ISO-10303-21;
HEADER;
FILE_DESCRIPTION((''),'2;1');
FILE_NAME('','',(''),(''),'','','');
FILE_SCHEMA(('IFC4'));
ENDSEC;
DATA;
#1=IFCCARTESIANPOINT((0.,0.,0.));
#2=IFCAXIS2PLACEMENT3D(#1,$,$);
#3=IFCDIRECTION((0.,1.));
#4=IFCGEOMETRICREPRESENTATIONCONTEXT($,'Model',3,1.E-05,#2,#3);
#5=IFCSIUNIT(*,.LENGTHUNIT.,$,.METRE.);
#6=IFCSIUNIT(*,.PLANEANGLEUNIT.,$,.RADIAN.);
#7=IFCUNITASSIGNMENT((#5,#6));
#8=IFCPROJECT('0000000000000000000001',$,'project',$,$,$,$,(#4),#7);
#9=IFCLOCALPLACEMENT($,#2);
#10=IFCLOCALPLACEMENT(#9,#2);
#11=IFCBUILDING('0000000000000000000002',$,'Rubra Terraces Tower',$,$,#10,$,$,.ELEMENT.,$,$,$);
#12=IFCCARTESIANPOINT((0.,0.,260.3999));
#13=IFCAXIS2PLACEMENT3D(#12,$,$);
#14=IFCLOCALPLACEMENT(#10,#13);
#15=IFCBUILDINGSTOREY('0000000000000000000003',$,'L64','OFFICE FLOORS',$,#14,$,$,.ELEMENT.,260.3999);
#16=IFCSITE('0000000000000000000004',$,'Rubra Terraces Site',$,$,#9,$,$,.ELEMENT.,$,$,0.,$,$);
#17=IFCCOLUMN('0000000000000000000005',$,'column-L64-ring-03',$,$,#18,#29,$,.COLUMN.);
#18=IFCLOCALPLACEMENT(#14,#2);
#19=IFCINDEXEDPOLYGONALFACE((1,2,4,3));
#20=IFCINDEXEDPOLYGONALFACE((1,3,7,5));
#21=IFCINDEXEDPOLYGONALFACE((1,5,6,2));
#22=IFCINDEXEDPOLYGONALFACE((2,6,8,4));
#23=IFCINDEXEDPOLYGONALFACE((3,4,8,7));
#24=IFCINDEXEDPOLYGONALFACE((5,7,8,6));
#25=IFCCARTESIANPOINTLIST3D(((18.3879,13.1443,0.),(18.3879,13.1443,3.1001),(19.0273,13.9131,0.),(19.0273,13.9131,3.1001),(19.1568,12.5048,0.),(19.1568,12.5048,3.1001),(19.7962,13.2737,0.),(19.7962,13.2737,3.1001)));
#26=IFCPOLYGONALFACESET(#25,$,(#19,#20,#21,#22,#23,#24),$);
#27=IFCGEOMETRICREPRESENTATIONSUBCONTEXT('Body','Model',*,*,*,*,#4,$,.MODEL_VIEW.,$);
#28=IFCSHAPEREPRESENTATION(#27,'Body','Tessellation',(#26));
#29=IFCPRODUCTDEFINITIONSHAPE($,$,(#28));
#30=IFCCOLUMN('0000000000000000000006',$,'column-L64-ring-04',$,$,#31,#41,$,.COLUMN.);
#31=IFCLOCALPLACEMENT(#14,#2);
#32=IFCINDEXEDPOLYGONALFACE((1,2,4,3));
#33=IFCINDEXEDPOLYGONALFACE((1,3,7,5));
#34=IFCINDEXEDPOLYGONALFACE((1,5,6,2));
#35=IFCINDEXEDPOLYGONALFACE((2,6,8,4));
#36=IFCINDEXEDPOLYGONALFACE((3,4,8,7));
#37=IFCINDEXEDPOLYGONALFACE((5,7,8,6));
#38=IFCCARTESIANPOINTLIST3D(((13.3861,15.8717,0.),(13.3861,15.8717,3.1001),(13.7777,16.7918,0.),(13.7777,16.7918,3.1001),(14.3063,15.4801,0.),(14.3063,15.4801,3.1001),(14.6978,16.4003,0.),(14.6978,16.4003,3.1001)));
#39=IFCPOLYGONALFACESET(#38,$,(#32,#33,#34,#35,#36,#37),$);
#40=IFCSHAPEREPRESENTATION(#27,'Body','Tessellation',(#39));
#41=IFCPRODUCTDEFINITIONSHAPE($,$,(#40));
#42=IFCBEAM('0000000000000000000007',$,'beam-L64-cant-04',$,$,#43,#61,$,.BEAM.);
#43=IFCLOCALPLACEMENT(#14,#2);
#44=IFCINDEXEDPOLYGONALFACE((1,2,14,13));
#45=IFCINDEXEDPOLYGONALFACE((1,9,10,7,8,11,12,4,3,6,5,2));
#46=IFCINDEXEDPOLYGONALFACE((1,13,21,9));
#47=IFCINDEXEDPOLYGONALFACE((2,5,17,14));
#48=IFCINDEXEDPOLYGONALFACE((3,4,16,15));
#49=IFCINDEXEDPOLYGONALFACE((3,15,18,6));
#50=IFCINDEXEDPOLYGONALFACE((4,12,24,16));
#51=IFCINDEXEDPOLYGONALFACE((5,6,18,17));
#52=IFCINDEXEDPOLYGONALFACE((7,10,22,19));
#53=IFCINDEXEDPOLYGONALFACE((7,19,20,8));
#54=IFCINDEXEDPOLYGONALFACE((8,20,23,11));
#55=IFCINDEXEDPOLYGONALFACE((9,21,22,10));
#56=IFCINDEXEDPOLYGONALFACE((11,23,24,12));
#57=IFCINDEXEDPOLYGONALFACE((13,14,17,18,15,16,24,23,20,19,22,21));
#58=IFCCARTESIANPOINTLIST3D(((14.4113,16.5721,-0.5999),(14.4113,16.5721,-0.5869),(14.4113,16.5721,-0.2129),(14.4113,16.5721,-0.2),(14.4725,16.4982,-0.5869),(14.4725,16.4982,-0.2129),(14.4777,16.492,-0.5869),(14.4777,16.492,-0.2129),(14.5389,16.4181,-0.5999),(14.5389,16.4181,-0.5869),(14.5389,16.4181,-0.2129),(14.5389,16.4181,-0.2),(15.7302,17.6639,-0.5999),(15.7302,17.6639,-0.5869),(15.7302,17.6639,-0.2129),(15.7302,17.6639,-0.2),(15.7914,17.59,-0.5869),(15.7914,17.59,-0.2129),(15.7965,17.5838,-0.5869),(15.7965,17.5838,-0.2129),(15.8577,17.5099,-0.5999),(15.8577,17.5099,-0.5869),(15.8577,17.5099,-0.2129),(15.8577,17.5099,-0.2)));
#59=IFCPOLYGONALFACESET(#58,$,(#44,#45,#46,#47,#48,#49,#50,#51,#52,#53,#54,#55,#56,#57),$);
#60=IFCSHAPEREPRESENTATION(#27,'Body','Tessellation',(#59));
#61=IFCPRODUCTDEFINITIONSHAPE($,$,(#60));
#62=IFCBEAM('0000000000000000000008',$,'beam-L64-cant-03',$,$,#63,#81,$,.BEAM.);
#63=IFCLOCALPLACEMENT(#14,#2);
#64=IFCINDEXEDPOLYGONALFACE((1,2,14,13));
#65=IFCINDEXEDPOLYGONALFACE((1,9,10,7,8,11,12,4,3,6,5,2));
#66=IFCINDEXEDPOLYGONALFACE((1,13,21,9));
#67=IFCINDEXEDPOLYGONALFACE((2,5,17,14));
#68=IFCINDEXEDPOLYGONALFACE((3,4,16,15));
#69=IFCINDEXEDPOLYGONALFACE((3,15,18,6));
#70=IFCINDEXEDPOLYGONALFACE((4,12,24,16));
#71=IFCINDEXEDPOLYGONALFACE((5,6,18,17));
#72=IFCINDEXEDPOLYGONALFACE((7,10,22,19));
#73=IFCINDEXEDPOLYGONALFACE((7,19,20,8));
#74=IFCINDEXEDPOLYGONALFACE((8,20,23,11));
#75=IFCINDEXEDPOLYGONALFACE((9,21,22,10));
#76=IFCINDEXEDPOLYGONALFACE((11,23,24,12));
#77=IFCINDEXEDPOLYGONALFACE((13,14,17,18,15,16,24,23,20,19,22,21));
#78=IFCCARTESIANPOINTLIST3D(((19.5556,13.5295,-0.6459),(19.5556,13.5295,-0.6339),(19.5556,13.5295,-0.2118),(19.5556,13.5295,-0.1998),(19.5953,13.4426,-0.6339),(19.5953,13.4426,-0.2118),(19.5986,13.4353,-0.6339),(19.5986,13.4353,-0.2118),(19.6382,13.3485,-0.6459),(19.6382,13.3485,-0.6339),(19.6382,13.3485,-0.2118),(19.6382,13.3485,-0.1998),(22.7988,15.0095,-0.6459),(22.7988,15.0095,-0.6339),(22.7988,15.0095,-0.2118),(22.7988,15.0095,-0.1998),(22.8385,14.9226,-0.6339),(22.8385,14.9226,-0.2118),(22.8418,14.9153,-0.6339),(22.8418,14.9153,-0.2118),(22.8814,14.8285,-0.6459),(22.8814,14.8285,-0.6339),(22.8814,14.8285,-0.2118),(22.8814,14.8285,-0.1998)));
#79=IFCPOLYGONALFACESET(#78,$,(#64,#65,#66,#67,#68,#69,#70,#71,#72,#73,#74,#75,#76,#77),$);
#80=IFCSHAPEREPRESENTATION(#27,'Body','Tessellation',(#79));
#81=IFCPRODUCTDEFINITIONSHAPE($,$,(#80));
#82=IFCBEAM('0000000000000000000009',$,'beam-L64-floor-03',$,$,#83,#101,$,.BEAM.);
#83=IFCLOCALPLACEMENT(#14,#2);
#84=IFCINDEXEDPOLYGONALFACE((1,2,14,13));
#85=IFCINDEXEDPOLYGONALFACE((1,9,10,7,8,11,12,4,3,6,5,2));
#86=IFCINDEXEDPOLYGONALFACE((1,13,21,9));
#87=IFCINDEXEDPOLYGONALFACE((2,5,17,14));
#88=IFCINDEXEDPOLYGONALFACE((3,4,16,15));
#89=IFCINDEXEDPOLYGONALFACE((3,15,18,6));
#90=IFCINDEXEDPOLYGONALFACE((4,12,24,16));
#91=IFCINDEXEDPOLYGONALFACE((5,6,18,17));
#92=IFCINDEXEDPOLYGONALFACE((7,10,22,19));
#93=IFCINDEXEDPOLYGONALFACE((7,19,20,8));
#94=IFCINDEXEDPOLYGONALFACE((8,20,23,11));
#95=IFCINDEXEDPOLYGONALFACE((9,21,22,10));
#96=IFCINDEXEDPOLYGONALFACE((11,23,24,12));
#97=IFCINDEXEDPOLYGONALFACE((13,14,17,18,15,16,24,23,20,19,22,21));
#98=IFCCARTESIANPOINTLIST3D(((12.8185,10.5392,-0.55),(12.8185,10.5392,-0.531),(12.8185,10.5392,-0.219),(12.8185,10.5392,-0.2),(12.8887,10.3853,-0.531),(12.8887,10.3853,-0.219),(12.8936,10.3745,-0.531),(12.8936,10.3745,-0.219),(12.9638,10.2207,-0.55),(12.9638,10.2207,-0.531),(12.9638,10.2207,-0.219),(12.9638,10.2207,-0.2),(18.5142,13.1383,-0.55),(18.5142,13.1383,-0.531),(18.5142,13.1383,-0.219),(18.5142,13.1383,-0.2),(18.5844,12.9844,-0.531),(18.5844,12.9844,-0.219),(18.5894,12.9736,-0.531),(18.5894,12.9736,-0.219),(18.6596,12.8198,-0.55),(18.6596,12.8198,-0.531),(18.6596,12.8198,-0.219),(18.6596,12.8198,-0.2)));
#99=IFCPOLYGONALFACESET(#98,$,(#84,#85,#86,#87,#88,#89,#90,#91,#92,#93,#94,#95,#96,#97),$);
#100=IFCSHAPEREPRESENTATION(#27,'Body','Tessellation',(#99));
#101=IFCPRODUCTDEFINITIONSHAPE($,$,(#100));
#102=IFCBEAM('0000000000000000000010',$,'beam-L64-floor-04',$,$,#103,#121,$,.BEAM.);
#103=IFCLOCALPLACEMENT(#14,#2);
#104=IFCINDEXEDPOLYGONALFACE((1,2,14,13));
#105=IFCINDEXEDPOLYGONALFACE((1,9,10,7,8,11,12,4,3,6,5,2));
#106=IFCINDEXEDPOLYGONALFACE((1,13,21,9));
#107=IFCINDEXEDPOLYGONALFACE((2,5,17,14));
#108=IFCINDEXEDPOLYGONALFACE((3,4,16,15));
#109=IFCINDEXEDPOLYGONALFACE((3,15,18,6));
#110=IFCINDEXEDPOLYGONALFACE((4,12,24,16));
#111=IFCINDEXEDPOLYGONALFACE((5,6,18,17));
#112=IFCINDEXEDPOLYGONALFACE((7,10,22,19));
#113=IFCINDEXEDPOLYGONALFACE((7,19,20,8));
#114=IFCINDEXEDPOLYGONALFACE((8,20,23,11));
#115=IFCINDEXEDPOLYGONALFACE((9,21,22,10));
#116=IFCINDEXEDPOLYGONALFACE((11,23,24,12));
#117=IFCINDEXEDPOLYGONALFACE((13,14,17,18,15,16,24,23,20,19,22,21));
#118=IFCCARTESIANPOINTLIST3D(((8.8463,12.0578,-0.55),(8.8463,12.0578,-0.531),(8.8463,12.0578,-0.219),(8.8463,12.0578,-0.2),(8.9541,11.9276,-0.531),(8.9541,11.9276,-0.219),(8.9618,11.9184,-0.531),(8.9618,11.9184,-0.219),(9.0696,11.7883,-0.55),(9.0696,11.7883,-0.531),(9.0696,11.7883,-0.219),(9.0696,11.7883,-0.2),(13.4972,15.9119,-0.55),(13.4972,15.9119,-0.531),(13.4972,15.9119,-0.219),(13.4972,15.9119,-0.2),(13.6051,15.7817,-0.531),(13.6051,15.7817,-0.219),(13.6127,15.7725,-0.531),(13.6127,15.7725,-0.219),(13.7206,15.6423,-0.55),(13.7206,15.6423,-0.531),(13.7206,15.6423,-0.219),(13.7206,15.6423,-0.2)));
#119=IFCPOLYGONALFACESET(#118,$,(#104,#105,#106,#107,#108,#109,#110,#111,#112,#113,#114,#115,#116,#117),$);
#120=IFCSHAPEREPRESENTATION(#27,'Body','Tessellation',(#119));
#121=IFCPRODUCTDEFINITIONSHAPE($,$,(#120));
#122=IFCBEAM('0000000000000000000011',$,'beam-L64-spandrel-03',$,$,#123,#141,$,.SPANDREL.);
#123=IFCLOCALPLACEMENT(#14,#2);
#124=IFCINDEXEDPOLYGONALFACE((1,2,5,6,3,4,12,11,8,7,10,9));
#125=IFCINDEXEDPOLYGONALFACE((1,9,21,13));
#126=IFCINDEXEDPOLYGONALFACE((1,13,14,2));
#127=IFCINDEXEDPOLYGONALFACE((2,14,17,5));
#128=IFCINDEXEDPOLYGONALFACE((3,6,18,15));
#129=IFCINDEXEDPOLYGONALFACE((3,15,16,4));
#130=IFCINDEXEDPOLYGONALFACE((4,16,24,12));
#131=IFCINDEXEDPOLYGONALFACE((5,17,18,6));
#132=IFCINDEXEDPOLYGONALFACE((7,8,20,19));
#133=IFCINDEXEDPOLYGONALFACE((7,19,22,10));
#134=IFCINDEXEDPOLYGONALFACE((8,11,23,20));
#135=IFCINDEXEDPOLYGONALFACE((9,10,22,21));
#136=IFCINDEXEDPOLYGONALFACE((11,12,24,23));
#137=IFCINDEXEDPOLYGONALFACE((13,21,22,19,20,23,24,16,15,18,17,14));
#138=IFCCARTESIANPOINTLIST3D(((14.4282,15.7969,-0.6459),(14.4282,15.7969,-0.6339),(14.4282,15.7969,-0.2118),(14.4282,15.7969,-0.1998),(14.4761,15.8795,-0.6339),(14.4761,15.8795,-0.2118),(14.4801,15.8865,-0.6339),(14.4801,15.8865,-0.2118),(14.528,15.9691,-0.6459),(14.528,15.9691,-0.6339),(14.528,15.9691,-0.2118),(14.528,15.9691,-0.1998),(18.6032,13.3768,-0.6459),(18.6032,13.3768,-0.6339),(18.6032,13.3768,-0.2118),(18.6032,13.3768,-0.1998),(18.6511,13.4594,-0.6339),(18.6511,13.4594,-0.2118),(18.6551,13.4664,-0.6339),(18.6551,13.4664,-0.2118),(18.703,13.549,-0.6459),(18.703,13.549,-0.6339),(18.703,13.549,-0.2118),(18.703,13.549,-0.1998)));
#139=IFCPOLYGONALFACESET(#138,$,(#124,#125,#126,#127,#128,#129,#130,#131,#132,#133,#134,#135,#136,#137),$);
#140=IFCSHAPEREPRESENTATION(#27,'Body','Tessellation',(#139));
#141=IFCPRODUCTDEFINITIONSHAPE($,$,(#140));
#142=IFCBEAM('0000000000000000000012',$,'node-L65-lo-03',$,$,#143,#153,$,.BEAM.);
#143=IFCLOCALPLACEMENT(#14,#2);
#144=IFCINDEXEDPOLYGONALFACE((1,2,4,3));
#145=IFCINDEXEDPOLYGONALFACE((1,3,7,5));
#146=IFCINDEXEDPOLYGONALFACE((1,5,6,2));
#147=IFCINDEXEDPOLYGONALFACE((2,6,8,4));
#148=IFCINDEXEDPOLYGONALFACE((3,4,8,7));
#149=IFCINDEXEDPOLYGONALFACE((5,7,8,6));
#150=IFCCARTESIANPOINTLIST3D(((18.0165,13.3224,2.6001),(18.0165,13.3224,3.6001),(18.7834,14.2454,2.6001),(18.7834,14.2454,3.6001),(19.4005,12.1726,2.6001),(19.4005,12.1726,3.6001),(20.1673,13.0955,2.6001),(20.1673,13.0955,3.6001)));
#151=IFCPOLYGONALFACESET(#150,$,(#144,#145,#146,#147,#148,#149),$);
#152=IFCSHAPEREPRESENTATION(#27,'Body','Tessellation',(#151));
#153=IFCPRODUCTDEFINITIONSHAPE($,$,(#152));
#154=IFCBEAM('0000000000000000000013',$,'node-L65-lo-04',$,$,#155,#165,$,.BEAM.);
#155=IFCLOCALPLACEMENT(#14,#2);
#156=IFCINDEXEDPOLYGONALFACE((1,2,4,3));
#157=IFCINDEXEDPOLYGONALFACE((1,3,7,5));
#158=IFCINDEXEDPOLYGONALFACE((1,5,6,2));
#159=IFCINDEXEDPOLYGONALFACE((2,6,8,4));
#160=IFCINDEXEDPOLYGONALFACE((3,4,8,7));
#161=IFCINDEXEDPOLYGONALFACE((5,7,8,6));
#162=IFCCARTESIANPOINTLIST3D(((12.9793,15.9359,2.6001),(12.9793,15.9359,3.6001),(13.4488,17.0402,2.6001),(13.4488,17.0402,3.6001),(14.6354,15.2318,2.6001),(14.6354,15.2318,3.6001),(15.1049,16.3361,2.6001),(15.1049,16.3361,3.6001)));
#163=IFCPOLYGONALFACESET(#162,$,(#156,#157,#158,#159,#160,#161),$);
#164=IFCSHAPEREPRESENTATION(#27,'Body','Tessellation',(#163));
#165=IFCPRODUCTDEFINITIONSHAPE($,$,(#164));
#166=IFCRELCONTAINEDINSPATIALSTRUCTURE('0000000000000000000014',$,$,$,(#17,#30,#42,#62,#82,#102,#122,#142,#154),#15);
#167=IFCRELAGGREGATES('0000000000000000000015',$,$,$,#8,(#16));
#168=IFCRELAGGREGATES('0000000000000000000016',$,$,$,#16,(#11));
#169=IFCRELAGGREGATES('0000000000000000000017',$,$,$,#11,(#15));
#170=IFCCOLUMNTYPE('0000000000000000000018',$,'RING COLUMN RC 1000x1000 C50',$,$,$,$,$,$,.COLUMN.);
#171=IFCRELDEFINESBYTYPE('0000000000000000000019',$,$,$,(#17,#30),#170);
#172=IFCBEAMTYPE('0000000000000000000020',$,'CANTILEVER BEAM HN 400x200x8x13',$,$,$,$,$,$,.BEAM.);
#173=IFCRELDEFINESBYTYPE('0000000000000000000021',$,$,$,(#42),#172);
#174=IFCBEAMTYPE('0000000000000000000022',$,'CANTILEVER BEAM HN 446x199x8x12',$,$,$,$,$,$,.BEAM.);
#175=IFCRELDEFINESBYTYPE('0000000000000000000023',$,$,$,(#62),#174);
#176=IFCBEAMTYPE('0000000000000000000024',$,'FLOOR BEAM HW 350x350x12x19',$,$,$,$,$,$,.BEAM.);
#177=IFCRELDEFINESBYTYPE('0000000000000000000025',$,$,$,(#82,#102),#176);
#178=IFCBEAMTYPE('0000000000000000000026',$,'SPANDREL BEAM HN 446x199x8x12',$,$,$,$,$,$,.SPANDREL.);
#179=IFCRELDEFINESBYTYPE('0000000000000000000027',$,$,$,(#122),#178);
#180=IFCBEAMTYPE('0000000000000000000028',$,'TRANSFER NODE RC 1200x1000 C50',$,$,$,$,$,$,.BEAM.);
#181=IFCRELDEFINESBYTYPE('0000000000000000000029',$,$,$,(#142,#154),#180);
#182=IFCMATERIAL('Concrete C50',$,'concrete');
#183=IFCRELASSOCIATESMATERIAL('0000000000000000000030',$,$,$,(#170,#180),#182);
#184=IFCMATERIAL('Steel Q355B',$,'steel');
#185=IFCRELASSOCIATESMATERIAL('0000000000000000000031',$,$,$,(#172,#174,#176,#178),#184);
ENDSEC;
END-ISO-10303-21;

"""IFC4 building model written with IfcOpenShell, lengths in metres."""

from ifc_helpers import new_model, si_unit, direction, frame, origin, origin_2d, place, context, subcontext, project, spatial, rectangle, i_section, extrude, material, material_profile, profile_set, type_object, element, save


model = new_model("IFC4")

# Units and contexts
model_context = context("Model", 3, precision=1e-05, world=origin(), true_north=direction((0.0, 1.0)))
body_context = subcontext(model_context, "Body", "Model", "MODEL_VIEW")
ifc_project = project(units=[si_unit("LENGTHUNIT", "METRE"), si_unit("PLANEANGLEUNIT", "RADIAN")], contexts=[model_context])

# Site, building, storey
site_placement = place(None, origin())
site = spatial("IfcSite", under=ifc_project, at=site_placement, Name="Rubra Terraces Site", CompositionType="ELEMENT", RefElevation=0.0)
building_placement = place(site_placement, origin())
building = spatial("IfcBuilding", under=site, at=building_placement, Name="Rubra Terraces Tower", CompositionType="ELEMENT")
storey_placement = place(building_placement, frame((0.0, 0.0, 260.3999)))
storey = spatial("IfcBuildingStorey", under=building, at=storey_placement, Name="L64", Description="OFFICE FLOORS", CompositionType="ELEMENT", Elevation=260.3999)

# Columns
ifc_material_1 = material(Name="Concrete C50", Category="concrete")
ifc_material_profile_1 = material_profile(ifc_material_1, rectangle(XDim=1.0, YDim=1.0, at=origin_2d()), Name="RC 1000x1000")
ifc_profile_set_1 = profile_set([ifc_material_profile_1], Name="Concrete C50")
column_type = type_object("IfcColumnType", Name="RING COLUMN RC 1000x1000 C50", PredefinedType="COLUMN", material=ifc_profile_set_1)
for number, where, z_axis, x_axis, name in (
    (1, (19.092, 13.209, 0.0), (0.0, 0.0, 1.0), (-0.76887, 0.639405, 0.0), "column-L64-ring-03"),
    (2, (14.042, 16.136, 0.0), (0.0, 0.0, 1.0), (-0.920168, 0.391524, 0.0), "column-L64-ring-04"),
):
    element("IfcColumn", number, at=place(storey_placement, frame(where, z_axis=z_axis, x_axis=x_axis)), inside=storey, type_object=column_type, Name=name, PredefinedType="COLUMN", context=body_context, shape_type="SweptSolid", body=[
        extrude(rectangle(XDim=1.0, YDim=1.0, at=origin_2d()), origin(), (0.0, 0.0, 1.0), 3.1001),
    ])

# Beams
ifc_material_2 = material(Name="Steel Q355B", Category="steel")
ifc_material_profile_2 = material_profile(ifc_material_2, i_section(OverallWidth=0.2, OverallDepth=0.3999, WebThickness=0.0081, FlangeThickness=0.0129, at=origin_2d()), Name="HN 400x200x8x13")
ifc_profile_set_2 = profile_set([ifc_material_profile_2], Name="Steel Q355B")
beam_type_1 = type_object("IfcBeamType", Name="CANTILEVER BEAM HN 400x200x8x13", PredefinedType="BEAM", material=ifc_profile_set_2)
beam_1_placement = place(storey_placement, frame((14.4751, 16.4951, -0.3999), z_axis=(0.770298, 0.637684, 0.0), x_axis=(-0.637684, 0.770298, 0.0)))
element("IfcBeam", 3, at=beam_1_placement, inside=storey, type_object=beam_type_1, Name="beam-L64-cant-04", PredefinedType="BEAM", context=body_context, shape_type="SweptSolid", body=[
    extrude(i_section(OverallWidth=0.2, OverallDepth=0.3999, WebThickness=0.0081, FlangeThickness=0.0129, at=origin_2d()), origin(), (0.0, 0.0, 1.0), 1.7122),
])
ifc_material_profile_3 = material_profile(ifc_material_2, i_section(OverallWidth=0.199, OverallDepth=0.446, WebThickness=0.0081, FlangeThickness=0.012, at=origin_2d()), Name="HN 446x199x8x12")
ifc_profile_set_3 = profile_set([ifc_material_profile_3], Name="Steel Q355B")
beam_type_2 = type_object("IfcBeamType", Name="CANTILEVER BEAM HN 446x199x8x12", PredefinedType="BEAM", material=ifc_profile_set_3)
beam_2_placement = place(storey_placement, frame((19.5969, 13.439, -0.4229), z_axis=(0.909751, 0.415154, 0.0), x_axis=(-0.415154, 0.909751, 0.0)))
element("IfcBeam", 4, at=beam_2_placement, inside=storey, type_object=beam_type_2, Name="beam-L64-cant-03", PredefinedType="BEAM", context=body_context, shape_type="SweptSolid", body=[
    extrude(i_section(OverallWidth=0.199, OverallDepth=0.446, WebThickness=0.0081, FlangeThickness=0.012, at=origin_2d()), origin(), (0.0, 0.0, 1.0), 3.5649),
])
ifc_material_profile_4 = material_profile(ifc_material_2, i_section(OverallWidth=0.3501, OverallDepth=0.3501, WebThickness=0.012, FlangeThickness=0.019, at=origin_2d()), Name="HW 350x350x12x19")
ifc_profile_set_4 = profile_set([ifc_material_profile_4], Name="Steel Q355B")
beam_type_3 = type_object("IfcBeamType", Name="FLOOR BEAM HW 350x350x12x19", PredefinedType="BEAM", material=ifc_profile_set_4)
beam_3_placement = place(storey_placement, frame((18.5869, 12.979, -0.375), z_axis=(-0.909757, -0.415142, 0.0), x_axis=(0.415142, -0.909757, 0.0)))
element("IfcBeam", 5, at=beam_3_placement, inside=storey, type_object=beam_type_3, Name="beam-L64-floor-03", PredefinedType="BEAM", context=body_context, shape_type="SweptSolid", body=[
    extrude(i_section(OverallWidth=0.3501, OverallDepth=0.3501, WebThickness=0.012, FlangeThickness=0.019, at=origin_2d()), origin(), (0.0, 0.0, 1.0), 6.2607),
])
beam_4_placement = place(storey_placement, frame((13.6089, 15.7771, -0.375), z_axis=(-0.769988, -0.638059, 0.0), x_axis=(0.638059, -0.769988, 0.0)))
element("IfcBeam", 6, at=beam_4_placement, inside=storey, type_object=beam_type_3, Name="beam-L64-floor-04", PredefinedType="BEAM", context=body_context, shape_type="SweptSolid", body=[
    extrude(i_section(OverallWidth=0.3501, OverallDepth=0.3501, WebThickness=0.012, FlangeThickness=0.019, at=origin_2d()), origin(), (0.0, 0.0, 1.0), 6.0403),
])
ifc_material_profile_5 = material_profile(ifc_material_2, i_section(OverallWidth=0.199, OverallDepth=0.446, WebThickness=0.0081, FlangeThickness=0.012, at=origin_2d()), Name="HN 446x199x8x12")
ifc_profile_set_5 = profile_set([ifc_material_profile_5], Name="Steel Q355B")
beam_type_4 = type_object("IfcBeamType", Name="SPANDREL BEAM HN 446x199x8x12", PredefinedType="SPANDREL", material=ifc_profile_set_5)
beam_5_placement = place(storey_placement, frame((18.6531, 13.4629, -0.4229), z_axis=(-0.865154, 0.501507, 0.0), x_axis=(-0.501507, -0.865154, 0.0)))
element("IfcBeam", 7, at=beam_5_placement, inside=storey, type_object=beam_type_4, Name="beam-L64-spandrel-03", PredefinedType="SPANDREL", context=body_context, shape_type="SweptSolid", body=[
    extrude(i_section(OverallWidth=0.199, OverallDepth=0.446, WebThickness=0.0081, FlangeThickness=0.012, at=origin_2d()), origin(), (0.0, 0.0, 1.0), 4.8257),
])
ifc_material_profile_6 = material_profile(ifc_material_1, rectangle(XDim=1.2, YDim=1.0, at=origin_2d()), Name="RC 1200x1000")
ifc_profile_set_6 = profile_set([ifc_material_profile_6], Name="Concrete C50")
beam_type_5 = type_object("IfcBeamType", Name="TRANSFER NODE RC 1200x1000 C50", PredefinedType="BEAM", material=ifc_profile_set_6)
beam_6_placement = place(storey_placement, frame((19.7839, 12.634, 3.1001), z_axis=(-0.769166, 0.639049, 0.0), x_axis=(-0.639049, -0.769166, 0.0)))
element("IfcBeam", 8, at=beam_6_placement, inside=storey, type_object=beam_type_5, Name="node-L65-lo-03", PredefinedType="BEAM", context=body_context, shape_type="SweptSolid", body=[
    extrude(rectangle(XDim=1.2, YDim=1.0, at=origin_2d()), origin(), (0.0, 0.0, 1.0), 1.7993),
])
beam_7_placement = place(storey_placement, frame((14.8701, 15.7839, 3.1001), z_axis=(-0.920271, 0.391281, 0.0), x_axis=(-0.391281, -0.920271, 0.0)))
element("IfcBeam", 9, at=beam_7_placement, inside=storey, type_object=beam_type_5, Name="node-L65-lo-04", PredefinedType="BEAM", context=body_context, shape_type="SweptSolid", body=[
    extrude(rectangle(XDim=1.2, YDim=1.0, at=origin_2d()), origin(), (0.0, 0.0, 1.0), 1.7996),
])

save(model, "model.ifc")
